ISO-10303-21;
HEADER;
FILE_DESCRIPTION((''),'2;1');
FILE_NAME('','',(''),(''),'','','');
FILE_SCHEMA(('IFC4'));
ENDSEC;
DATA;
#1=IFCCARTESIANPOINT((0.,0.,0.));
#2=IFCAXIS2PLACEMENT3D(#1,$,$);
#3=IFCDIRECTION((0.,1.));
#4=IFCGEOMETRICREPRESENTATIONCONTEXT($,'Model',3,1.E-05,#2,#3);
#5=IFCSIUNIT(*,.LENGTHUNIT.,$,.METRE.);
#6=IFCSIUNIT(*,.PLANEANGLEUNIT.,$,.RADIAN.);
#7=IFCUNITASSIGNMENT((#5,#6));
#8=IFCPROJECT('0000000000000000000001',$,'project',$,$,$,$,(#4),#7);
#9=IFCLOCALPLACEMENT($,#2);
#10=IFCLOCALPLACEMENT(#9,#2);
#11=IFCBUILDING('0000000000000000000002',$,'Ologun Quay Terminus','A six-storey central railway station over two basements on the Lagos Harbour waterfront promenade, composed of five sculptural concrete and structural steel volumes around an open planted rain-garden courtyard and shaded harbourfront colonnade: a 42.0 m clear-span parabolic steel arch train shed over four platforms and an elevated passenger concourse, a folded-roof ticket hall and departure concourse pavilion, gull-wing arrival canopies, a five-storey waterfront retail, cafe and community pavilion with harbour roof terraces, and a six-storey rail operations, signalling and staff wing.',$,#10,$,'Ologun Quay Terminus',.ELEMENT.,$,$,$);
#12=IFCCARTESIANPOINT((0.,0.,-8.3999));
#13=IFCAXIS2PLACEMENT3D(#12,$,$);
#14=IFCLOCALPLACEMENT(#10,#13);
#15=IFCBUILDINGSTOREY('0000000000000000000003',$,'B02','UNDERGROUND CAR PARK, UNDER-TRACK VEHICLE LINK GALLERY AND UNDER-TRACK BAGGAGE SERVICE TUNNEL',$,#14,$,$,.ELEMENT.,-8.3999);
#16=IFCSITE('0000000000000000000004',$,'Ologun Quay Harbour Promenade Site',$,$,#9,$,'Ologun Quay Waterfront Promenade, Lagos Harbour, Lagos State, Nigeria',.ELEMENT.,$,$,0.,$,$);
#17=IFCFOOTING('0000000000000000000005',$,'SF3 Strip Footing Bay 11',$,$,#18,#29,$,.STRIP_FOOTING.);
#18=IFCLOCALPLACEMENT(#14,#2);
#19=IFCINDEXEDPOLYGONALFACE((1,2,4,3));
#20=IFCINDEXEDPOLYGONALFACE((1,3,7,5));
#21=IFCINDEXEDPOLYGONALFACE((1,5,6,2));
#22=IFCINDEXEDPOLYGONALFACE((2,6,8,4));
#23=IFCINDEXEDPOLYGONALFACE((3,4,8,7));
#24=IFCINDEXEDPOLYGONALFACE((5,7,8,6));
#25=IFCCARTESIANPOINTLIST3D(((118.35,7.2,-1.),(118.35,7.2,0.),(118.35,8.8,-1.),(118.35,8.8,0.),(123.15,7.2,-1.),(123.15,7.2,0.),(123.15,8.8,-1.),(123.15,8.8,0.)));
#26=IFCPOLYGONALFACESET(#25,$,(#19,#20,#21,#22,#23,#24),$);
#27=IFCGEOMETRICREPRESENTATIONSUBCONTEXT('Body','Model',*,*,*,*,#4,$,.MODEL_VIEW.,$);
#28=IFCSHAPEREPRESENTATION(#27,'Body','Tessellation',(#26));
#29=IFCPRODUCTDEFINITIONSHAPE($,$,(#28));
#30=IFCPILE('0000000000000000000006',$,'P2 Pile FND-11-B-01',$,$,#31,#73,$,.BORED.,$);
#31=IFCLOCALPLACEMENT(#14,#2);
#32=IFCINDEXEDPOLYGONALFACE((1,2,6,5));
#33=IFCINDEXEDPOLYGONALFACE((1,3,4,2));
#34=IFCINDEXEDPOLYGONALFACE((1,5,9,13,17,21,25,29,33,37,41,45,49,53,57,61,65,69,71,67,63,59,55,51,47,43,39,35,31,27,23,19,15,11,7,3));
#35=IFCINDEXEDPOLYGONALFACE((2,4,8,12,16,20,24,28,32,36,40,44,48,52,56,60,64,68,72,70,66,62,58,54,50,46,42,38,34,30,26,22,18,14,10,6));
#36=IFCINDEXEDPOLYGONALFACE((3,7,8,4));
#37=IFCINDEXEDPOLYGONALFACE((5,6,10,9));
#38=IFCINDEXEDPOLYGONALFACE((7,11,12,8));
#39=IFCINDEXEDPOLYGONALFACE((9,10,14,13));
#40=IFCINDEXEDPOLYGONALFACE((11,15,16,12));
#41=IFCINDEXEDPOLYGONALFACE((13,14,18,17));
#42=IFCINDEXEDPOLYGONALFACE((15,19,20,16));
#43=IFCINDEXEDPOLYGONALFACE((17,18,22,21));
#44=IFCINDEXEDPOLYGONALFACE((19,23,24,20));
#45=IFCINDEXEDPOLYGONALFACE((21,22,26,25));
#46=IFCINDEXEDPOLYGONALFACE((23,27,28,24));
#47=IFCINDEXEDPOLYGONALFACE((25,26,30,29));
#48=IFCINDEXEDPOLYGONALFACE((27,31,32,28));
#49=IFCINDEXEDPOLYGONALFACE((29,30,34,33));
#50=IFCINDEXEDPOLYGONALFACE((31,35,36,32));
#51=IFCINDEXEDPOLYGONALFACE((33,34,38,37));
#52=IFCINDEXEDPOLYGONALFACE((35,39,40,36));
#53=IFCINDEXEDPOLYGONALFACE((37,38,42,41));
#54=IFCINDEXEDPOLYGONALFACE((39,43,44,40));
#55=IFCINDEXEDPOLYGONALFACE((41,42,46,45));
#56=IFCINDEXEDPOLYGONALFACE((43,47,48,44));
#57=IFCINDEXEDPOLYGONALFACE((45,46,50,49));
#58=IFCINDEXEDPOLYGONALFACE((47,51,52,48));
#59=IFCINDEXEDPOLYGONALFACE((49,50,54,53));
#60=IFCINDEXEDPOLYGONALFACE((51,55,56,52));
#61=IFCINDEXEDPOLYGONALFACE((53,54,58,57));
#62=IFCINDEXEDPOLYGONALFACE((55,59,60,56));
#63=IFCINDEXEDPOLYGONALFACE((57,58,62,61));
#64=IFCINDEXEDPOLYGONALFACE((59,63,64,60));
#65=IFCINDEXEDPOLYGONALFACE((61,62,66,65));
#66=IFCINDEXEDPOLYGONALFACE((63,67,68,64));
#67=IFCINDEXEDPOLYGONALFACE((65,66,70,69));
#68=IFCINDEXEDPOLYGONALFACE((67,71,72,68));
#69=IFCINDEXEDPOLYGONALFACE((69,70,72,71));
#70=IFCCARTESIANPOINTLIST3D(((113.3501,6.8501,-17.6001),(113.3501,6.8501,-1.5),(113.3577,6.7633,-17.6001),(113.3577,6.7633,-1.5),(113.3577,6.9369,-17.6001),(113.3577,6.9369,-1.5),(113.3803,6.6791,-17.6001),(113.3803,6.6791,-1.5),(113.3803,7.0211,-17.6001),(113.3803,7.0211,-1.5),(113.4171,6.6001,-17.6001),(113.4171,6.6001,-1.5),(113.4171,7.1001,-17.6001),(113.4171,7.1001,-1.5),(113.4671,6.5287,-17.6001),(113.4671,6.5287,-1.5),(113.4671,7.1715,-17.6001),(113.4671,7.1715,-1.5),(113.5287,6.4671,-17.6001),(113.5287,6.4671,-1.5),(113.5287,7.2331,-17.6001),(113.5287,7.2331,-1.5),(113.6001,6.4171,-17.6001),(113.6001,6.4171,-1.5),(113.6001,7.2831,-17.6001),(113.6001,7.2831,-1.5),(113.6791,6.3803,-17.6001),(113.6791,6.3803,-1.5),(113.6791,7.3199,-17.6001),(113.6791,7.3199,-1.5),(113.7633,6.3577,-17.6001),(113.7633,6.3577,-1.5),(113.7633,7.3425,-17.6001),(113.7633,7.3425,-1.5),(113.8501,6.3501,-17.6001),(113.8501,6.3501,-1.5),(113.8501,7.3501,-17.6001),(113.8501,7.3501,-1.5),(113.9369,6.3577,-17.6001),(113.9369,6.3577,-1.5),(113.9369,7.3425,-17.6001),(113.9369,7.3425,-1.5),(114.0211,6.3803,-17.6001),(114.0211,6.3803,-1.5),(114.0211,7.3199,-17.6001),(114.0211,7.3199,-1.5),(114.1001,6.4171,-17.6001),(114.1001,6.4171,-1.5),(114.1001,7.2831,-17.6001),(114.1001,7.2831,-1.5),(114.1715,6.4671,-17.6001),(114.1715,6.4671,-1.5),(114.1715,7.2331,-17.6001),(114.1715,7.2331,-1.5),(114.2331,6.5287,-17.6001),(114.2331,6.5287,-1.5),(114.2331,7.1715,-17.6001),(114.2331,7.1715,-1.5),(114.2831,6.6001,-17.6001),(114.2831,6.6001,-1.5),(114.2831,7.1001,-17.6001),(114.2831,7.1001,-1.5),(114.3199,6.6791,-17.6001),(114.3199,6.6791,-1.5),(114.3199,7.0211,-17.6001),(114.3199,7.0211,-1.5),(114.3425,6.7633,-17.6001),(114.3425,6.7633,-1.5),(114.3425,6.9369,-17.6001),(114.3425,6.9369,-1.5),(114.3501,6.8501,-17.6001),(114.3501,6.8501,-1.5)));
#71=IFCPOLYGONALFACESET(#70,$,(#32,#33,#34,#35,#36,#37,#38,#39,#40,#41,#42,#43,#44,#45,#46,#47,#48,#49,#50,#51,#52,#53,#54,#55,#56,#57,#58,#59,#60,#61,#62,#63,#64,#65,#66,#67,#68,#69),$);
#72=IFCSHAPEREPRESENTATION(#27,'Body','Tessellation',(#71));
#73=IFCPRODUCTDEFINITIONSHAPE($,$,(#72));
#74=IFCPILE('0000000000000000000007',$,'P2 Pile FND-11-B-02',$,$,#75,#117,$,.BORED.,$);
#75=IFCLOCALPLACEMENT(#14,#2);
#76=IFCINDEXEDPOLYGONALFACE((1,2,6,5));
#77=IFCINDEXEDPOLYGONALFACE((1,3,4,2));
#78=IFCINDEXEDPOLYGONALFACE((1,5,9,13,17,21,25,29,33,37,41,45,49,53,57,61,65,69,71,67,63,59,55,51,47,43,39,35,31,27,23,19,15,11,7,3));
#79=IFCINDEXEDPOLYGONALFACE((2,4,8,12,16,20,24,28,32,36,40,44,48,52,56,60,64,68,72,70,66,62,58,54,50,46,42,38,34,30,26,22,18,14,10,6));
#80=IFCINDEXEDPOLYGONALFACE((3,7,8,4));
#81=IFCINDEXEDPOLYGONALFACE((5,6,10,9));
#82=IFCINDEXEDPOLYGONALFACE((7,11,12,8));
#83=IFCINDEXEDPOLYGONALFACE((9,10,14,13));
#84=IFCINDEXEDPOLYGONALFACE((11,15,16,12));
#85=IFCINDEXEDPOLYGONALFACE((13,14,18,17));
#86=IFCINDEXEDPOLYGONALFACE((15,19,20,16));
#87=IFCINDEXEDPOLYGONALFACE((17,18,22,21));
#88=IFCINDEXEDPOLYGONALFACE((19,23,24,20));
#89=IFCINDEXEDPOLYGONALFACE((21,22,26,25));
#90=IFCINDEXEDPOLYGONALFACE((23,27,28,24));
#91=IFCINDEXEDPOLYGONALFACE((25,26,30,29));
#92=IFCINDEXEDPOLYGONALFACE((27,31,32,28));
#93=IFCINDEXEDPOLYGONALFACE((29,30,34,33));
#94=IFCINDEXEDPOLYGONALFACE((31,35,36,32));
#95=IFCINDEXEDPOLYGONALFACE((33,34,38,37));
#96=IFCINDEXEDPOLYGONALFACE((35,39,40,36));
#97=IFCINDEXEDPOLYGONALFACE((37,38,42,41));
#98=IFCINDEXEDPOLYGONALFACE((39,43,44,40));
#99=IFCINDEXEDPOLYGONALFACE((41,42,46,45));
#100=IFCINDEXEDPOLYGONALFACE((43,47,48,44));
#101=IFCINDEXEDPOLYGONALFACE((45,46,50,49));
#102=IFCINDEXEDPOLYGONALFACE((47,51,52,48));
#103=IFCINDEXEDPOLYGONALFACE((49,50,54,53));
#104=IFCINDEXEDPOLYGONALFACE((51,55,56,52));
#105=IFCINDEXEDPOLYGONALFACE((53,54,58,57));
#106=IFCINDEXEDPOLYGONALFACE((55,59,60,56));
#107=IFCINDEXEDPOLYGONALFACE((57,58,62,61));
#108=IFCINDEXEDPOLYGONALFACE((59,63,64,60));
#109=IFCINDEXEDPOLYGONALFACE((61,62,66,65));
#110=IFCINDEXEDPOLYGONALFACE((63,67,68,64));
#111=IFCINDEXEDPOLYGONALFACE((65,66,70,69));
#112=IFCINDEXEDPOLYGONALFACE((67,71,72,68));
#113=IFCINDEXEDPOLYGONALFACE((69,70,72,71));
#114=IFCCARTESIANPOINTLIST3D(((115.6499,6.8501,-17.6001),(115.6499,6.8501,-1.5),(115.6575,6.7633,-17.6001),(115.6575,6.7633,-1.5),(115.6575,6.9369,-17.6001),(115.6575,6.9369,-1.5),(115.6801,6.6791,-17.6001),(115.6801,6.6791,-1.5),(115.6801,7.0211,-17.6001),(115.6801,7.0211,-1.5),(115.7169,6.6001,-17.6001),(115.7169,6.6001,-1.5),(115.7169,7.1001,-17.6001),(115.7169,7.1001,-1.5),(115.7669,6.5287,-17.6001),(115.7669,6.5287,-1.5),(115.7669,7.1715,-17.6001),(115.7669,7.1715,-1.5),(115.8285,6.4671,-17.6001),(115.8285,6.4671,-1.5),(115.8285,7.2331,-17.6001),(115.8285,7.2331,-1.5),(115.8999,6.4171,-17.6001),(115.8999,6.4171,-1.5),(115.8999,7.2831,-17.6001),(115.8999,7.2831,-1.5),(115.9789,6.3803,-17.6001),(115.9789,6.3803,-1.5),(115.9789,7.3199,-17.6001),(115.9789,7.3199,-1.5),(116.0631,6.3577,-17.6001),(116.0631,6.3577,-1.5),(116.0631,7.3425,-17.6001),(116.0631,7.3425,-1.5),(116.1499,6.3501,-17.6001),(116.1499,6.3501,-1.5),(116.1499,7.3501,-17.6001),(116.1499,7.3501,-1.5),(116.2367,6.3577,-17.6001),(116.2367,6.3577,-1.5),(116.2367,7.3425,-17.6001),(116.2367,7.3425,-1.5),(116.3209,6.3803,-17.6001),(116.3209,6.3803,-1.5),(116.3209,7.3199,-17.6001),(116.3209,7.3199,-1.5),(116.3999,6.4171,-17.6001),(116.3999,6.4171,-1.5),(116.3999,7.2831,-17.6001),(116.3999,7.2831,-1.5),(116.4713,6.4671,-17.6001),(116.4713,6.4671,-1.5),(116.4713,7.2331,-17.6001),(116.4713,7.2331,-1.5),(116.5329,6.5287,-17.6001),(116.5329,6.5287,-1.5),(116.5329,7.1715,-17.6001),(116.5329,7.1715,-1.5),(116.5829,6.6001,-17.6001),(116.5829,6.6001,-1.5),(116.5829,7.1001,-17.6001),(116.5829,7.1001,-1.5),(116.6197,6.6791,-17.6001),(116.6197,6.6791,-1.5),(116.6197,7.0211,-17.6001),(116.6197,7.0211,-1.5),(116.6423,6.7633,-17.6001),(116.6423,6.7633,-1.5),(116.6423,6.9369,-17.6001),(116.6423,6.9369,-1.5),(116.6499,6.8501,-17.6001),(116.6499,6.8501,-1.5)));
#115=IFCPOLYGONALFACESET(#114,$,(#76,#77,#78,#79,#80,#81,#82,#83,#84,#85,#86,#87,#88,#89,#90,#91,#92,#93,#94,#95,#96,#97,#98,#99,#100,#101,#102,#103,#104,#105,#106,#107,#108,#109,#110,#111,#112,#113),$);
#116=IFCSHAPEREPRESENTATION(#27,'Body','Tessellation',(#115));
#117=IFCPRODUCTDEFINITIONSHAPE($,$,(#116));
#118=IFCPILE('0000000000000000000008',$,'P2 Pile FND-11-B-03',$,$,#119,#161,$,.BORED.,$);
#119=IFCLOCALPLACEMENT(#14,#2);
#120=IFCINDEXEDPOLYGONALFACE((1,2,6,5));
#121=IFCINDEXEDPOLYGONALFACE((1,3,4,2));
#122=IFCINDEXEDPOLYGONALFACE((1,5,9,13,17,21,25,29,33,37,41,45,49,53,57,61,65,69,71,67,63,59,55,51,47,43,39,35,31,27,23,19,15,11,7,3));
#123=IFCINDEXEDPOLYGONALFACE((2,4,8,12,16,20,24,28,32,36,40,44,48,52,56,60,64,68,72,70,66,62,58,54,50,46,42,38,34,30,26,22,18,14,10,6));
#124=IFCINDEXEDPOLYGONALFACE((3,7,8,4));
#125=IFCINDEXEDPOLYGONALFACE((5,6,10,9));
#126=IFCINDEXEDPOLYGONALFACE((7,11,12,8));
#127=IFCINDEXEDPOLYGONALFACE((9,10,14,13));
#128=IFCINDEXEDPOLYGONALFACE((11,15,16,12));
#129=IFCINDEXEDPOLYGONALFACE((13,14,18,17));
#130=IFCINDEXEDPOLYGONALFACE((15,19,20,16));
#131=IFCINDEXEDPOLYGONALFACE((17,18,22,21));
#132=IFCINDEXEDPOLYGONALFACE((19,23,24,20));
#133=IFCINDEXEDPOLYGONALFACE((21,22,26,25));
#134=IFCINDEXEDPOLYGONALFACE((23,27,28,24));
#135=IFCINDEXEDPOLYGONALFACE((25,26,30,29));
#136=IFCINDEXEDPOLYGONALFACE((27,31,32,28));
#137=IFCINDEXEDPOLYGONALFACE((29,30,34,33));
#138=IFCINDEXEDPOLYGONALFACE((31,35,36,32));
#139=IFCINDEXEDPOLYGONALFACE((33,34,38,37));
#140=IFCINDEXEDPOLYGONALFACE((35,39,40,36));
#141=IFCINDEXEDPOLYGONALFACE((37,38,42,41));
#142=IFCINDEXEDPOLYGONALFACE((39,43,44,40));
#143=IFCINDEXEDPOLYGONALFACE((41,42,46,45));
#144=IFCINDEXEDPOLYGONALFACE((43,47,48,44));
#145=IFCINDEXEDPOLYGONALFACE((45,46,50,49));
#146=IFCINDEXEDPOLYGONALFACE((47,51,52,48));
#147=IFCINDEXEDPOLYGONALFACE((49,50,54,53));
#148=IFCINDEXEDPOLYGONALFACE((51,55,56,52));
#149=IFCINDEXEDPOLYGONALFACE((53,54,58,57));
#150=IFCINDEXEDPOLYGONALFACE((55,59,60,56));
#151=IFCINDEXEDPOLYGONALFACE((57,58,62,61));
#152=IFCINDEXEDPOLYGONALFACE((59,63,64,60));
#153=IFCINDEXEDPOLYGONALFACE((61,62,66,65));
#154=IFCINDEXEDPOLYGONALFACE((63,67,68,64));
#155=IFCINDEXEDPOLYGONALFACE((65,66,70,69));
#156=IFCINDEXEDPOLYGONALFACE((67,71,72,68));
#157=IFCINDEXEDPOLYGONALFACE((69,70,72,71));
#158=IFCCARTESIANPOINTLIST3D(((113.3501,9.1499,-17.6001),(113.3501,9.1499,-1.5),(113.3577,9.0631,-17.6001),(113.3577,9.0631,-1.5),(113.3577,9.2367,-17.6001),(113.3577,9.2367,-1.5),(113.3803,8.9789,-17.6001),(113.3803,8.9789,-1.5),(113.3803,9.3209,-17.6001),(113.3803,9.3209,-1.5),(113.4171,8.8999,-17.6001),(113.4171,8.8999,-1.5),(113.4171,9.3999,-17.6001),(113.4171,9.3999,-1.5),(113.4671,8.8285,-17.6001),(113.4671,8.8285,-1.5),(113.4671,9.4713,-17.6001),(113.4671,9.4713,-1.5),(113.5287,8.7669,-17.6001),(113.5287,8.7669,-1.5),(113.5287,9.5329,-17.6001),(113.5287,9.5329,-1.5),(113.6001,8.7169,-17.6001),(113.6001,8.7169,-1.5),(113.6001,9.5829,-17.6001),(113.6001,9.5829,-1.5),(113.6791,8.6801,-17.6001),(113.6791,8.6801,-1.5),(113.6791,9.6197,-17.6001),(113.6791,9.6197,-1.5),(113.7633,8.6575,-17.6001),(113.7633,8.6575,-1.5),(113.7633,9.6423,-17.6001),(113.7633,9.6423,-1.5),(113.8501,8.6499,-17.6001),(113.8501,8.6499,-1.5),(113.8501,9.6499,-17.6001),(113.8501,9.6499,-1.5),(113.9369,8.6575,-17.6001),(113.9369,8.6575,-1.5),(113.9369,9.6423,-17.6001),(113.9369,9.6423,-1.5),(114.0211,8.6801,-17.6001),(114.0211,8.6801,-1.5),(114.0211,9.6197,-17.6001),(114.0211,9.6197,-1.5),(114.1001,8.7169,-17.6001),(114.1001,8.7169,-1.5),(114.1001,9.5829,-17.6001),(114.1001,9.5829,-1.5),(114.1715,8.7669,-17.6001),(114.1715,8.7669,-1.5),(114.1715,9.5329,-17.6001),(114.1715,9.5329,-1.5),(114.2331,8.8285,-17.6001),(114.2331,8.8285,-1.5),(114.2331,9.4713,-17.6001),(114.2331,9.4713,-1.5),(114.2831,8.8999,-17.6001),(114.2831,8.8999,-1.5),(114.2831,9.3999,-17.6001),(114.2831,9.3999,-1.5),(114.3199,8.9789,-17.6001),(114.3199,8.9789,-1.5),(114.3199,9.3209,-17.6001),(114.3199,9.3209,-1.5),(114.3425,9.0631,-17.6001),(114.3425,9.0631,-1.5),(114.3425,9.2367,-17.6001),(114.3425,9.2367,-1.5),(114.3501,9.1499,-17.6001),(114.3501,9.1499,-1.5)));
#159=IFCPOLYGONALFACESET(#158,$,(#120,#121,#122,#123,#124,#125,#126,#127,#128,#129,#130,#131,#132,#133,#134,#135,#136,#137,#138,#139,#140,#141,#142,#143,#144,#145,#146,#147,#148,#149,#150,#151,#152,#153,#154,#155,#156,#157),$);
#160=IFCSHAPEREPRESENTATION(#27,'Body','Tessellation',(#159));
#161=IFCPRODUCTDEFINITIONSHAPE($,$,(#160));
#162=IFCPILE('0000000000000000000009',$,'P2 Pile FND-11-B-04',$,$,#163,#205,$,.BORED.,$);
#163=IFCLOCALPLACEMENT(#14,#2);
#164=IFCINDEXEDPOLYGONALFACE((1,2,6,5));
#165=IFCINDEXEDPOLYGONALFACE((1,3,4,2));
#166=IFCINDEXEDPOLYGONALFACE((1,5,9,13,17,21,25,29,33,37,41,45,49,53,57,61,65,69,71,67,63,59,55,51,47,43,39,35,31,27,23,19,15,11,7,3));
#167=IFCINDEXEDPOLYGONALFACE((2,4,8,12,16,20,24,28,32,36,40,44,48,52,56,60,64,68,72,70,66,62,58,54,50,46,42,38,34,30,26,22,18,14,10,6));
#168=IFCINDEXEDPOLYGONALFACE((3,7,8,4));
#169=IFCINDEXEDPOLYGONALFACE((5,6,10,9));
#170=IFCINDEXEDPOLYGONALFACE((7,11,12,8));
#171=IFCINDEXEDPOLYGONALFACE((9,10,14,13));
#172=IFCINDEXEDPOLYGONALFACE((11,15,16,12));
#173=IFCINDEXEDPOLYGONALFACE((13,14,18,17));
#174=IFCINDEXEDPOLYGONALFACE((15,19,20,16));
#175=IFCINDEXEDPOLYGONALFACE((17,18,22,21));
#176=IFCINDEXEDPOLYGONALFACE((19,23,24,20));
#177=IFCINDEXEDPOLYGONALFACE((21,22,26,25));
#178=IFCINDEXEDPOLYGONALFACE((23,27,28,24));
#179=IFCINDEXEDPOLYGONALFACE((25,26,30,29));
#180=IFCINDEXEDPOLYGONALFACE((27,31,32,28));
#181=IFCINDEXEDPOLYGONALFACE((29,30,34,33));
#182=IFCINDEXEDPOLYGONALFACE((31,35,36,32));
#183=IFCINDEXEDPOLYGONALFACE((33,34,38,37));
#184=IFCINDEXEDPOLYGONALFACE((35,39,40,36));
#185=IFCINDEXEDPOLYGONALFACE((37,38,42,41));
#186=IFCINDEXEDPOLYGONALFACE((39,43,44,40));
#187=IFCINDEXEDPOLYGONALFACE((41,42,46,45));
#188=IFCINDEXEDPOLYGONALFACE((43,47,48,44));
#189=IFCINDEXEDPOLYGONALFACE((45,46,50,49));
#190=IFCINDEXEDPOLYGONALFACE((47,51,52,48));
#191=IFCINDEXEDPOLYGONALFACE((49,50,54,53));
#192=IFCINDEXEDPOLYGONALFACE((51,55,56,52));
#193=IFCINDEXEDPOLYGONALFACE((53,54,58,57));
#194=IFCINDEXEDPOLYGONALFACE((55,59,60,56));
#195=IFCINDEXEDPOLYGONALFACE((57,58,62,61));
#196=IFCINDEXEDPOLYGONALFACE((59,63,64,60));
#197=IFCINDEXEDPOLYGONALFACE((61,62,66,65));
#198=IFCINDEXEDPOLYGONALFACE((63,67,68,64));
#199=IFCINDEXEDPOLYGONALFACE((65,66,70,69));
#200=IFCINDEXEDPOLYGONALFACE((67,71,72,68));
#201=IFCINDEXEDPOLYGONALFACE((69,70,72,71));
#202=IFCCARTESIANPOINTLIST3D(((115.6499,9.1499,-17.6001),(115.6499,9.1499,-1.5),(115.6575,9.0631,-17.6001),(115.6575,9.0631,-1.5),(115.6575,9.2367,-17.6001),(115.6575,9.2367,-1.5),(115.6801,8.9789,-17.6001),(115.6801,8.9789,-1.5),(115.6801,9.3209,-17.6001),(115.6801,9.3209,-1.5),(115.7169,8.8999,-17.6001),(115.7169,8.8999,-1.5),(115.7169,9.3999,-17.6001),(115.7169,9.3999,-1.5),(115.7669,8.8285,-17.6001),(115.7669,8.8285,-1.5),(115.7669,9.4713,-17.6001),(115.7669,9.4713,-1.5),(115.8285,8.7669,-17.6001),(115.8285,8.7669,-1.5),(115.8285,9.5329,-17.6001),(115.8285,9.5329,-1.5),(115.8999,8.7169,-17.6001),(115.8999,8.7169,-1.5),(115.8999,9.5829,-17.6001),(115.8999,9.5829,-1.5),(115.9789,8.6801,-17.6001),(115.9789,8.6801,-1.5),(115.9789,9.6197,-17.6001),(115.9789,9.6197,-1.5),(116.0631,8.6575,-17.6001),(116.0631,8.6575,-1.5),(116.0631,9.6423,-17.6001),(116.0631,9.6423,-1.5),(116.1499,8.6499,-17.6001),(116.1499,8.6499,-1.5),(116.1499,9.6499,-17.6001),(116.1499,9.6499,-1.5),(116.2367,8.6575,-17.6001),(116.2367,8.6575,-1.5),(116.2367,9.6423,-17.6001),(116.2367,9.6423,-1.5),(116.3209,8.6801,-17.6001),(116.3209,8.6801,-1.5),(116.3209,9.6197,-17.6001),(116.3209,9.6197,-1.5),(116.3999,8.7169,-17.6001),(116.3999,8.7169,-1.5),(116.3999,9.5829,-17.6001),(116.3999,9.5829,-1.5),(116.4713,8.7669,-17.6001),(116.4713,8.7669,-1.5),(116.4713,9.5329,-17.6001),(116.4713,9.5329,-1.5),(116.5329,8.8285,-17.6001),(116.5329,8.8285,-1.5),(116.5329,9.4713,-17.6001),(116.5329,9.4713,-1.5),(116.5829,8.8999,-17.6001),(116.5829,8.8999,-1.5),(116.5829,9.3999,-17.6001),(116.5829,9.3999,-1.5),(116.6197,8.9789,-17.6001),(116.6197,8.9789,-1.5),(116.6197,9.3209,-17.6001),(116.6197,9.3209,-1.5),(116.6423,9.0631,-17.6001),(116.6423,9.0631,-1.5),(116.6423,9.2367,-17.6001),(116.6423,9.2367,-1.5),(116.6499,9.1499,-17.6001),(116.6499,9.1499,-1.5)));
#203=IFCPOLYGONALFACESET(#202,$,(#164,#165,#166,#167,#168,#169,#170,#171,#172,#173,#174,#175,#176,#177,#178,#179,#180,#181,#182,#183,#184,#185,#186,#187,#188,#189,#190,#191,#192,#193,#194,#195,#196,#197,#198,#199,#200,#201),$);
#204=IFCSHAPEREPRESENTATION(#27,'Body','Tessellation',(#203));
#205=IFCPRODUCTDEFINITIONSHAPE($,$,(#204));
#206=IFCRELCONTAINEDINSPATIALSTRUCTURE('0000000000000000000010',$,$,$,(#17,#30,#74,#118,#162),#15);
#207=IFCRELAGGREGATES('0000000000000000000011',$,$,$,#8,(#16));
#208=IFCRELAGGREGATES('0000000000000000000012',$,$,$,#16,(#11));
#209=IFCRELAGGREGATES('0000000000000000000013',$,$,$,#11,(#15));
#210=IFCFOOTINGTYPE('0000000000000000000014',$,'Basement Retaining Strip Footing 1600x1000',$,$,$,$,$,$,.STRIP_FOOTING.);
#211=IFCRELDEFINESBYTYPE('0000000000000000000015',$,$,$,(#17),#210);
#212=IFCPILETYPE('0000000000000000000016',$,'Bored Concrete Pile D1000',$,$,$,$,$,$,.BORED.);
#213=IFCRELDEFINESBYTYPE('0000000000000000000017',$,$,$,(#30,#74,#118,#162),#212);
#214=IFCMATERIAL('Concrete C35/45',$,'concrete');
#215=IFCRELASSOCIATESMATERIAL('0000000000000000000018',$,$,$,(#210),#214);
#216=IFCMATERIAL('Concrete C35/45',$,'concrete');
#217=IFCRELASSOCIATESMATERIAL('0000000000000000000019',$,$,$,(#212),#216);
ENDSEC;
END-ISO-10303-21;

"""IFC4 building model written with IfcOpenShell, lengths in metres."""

from ifc_helpers import new_model, si_unit, direction, frame, origin, origin_2d, place, context, subcontext, project, spatial, rectangle, circle, extrude, material, material_profile, profile_set, type_object, element, save


model = new_model("IFC4")

# Units and contexts
model_context = context("Model", 3, precision=1e-05, world=origin(), true_north=direction((0.0, 1.0)))
body_context = subcontext(model_context, "Body", "Model", "MODEL_VIEW")
ifc_project = project(units=[si_unit("LENGTHUNIT", "METRE"), si_unit("PLANEANGLEUNIT", "RADIAN")], contexts=[model_context])

# Site, building, storey
site_placement = place(None, origin())
site = spatial("IfcSite", under=ifc_project, at=site_placement, Name="Ologun Quay Harbour Promenade Site", LongName="Ologun Quay Waterfront Promenade, Lagos Harbour, Lagos State, Nigeria", CompositionType="ELEMENT", RefElevation=0.0)
building_placement = place(site_placement, origin())
building = spatial("IfcBuilding", under=site, at=building_placement, Name="Ologun Quay Terminus", Description="A six-storey central railway station over two basements on the Lagos Harbour waterfront promenade, composed of five sculptural concrete and structural steel volumes around an open planted rain-garden courtyard and shaded harbourfront colonnade: a 42.0 m clear-span parabolic steel arch train shed over four platforms and an elevated passenger concourse, a folded-roof ticket hall and departure concourse pavilion, gull-wing arrival canopies, a five-storey waterfront retail, cafe and community pavilion with harbour roof terraces, and a six-storey rail operations, signalling and staff wing.", LongName="Ologun Quay Terminus", CompositionType="ELEMENT")
storey_placement = place(building_placement, frame((0.0, 0.0, -8.3999)))
storey = spatial("IfcBuildingStorey", under=building, at=storey_placement, Name="B02", Description="UNDERGROUND CAR PARK, UNDER-TRACK VEHICLE LINK GALLERY AND UNDER-TRACK BAGGAGE SERVICE TUNNEL", CompositionType="ELEMENT", Elevation=-8.3999)

# Footing
ifc_material_1 = material(Name="Concrete C35/45", Category="concrete")
footing_type_1 = type_object("IfcFootingType", Name="Basement Retaining Strip Footing 1600x1000", PredefinedType="STRIP_FOOTING", material=ifc_material_1)
footing_placement = place(storey_placement, frame((120.75, 8.0, -1.0), z_axis=(0.0, 0.0, 1.0), x_axis=(1.0, 0.0, 0.0)))
element("IfcFooting", 1, at=footing_placement, inside=storey, type_object=footing_type_1, Name="SF3 Strip Footing Bay 11", PredefinedType="STRIP_FOOTING", context=body_context, shape_type="SweptSolid", body=[
    extrude(rectangle(XDim=4.8, YDim=1.6001, at=origin_2d()), origin(), (0.0, 0.0, 1.0), 1.0),
])

# Piles
ifc_material_2 = material(Name="Concrete C35/45", Category="concrete")
ifc_material_profile_1 = material_profile(ifc_material_2, circle(Radius=0.5, at=origin_2d()), Name="PILE D1000")
ifc_profile_set_1 = profile_set([ifc_material_profile_1], Name="Concrete C35/45")
pile_type_1 = type_object("IfcPileType", Name="Bored Concrete Pile D1000", PredefinedType="BORED", material=ifc_profile_set_1)
for number, where, z_axis, x_axis, name in (
    (2, (113.8501, 6.8501, -1.5), (0.0, 0.0, -1.0), (1.0, 0.0, 0.0), "P2 Pile FND-11-B-01"),
    (3, (116.1499, 6.8501, -1.5), (0.0, 0.0, -1.0), (1.0, 0.0, 0.0), "P2 Pile FND-11-B-02"),
    (4, (113.8501, 9.1499, -1.5), (0.0, 0.0, -1.0), (1.0, 0.0, 0.0), "P2 Pile FND-11-B-03"),
    (5, (116.1499, 9.1499, -1.5), (0.0, 0.0, -1.0), (1.0, 0.0, 0.0), "P2 Pile FND-11-B-04"),
):
    element("IfcPile", number, at=place(storey_placement, frame(where, z_axis=z_axis, x_axis=x_axis)), inside=storey, type_object=pile_type_1, Name=name, PredefinedType="BORED", context=body_context, shape_type="SweptSolid", body=[
        extrude(circle(Radius=0.5, at=origin_2d()), origin(), (0.0, 0.0, 1.0), 16.1001),
    ])

save(model, "model.ifc")
